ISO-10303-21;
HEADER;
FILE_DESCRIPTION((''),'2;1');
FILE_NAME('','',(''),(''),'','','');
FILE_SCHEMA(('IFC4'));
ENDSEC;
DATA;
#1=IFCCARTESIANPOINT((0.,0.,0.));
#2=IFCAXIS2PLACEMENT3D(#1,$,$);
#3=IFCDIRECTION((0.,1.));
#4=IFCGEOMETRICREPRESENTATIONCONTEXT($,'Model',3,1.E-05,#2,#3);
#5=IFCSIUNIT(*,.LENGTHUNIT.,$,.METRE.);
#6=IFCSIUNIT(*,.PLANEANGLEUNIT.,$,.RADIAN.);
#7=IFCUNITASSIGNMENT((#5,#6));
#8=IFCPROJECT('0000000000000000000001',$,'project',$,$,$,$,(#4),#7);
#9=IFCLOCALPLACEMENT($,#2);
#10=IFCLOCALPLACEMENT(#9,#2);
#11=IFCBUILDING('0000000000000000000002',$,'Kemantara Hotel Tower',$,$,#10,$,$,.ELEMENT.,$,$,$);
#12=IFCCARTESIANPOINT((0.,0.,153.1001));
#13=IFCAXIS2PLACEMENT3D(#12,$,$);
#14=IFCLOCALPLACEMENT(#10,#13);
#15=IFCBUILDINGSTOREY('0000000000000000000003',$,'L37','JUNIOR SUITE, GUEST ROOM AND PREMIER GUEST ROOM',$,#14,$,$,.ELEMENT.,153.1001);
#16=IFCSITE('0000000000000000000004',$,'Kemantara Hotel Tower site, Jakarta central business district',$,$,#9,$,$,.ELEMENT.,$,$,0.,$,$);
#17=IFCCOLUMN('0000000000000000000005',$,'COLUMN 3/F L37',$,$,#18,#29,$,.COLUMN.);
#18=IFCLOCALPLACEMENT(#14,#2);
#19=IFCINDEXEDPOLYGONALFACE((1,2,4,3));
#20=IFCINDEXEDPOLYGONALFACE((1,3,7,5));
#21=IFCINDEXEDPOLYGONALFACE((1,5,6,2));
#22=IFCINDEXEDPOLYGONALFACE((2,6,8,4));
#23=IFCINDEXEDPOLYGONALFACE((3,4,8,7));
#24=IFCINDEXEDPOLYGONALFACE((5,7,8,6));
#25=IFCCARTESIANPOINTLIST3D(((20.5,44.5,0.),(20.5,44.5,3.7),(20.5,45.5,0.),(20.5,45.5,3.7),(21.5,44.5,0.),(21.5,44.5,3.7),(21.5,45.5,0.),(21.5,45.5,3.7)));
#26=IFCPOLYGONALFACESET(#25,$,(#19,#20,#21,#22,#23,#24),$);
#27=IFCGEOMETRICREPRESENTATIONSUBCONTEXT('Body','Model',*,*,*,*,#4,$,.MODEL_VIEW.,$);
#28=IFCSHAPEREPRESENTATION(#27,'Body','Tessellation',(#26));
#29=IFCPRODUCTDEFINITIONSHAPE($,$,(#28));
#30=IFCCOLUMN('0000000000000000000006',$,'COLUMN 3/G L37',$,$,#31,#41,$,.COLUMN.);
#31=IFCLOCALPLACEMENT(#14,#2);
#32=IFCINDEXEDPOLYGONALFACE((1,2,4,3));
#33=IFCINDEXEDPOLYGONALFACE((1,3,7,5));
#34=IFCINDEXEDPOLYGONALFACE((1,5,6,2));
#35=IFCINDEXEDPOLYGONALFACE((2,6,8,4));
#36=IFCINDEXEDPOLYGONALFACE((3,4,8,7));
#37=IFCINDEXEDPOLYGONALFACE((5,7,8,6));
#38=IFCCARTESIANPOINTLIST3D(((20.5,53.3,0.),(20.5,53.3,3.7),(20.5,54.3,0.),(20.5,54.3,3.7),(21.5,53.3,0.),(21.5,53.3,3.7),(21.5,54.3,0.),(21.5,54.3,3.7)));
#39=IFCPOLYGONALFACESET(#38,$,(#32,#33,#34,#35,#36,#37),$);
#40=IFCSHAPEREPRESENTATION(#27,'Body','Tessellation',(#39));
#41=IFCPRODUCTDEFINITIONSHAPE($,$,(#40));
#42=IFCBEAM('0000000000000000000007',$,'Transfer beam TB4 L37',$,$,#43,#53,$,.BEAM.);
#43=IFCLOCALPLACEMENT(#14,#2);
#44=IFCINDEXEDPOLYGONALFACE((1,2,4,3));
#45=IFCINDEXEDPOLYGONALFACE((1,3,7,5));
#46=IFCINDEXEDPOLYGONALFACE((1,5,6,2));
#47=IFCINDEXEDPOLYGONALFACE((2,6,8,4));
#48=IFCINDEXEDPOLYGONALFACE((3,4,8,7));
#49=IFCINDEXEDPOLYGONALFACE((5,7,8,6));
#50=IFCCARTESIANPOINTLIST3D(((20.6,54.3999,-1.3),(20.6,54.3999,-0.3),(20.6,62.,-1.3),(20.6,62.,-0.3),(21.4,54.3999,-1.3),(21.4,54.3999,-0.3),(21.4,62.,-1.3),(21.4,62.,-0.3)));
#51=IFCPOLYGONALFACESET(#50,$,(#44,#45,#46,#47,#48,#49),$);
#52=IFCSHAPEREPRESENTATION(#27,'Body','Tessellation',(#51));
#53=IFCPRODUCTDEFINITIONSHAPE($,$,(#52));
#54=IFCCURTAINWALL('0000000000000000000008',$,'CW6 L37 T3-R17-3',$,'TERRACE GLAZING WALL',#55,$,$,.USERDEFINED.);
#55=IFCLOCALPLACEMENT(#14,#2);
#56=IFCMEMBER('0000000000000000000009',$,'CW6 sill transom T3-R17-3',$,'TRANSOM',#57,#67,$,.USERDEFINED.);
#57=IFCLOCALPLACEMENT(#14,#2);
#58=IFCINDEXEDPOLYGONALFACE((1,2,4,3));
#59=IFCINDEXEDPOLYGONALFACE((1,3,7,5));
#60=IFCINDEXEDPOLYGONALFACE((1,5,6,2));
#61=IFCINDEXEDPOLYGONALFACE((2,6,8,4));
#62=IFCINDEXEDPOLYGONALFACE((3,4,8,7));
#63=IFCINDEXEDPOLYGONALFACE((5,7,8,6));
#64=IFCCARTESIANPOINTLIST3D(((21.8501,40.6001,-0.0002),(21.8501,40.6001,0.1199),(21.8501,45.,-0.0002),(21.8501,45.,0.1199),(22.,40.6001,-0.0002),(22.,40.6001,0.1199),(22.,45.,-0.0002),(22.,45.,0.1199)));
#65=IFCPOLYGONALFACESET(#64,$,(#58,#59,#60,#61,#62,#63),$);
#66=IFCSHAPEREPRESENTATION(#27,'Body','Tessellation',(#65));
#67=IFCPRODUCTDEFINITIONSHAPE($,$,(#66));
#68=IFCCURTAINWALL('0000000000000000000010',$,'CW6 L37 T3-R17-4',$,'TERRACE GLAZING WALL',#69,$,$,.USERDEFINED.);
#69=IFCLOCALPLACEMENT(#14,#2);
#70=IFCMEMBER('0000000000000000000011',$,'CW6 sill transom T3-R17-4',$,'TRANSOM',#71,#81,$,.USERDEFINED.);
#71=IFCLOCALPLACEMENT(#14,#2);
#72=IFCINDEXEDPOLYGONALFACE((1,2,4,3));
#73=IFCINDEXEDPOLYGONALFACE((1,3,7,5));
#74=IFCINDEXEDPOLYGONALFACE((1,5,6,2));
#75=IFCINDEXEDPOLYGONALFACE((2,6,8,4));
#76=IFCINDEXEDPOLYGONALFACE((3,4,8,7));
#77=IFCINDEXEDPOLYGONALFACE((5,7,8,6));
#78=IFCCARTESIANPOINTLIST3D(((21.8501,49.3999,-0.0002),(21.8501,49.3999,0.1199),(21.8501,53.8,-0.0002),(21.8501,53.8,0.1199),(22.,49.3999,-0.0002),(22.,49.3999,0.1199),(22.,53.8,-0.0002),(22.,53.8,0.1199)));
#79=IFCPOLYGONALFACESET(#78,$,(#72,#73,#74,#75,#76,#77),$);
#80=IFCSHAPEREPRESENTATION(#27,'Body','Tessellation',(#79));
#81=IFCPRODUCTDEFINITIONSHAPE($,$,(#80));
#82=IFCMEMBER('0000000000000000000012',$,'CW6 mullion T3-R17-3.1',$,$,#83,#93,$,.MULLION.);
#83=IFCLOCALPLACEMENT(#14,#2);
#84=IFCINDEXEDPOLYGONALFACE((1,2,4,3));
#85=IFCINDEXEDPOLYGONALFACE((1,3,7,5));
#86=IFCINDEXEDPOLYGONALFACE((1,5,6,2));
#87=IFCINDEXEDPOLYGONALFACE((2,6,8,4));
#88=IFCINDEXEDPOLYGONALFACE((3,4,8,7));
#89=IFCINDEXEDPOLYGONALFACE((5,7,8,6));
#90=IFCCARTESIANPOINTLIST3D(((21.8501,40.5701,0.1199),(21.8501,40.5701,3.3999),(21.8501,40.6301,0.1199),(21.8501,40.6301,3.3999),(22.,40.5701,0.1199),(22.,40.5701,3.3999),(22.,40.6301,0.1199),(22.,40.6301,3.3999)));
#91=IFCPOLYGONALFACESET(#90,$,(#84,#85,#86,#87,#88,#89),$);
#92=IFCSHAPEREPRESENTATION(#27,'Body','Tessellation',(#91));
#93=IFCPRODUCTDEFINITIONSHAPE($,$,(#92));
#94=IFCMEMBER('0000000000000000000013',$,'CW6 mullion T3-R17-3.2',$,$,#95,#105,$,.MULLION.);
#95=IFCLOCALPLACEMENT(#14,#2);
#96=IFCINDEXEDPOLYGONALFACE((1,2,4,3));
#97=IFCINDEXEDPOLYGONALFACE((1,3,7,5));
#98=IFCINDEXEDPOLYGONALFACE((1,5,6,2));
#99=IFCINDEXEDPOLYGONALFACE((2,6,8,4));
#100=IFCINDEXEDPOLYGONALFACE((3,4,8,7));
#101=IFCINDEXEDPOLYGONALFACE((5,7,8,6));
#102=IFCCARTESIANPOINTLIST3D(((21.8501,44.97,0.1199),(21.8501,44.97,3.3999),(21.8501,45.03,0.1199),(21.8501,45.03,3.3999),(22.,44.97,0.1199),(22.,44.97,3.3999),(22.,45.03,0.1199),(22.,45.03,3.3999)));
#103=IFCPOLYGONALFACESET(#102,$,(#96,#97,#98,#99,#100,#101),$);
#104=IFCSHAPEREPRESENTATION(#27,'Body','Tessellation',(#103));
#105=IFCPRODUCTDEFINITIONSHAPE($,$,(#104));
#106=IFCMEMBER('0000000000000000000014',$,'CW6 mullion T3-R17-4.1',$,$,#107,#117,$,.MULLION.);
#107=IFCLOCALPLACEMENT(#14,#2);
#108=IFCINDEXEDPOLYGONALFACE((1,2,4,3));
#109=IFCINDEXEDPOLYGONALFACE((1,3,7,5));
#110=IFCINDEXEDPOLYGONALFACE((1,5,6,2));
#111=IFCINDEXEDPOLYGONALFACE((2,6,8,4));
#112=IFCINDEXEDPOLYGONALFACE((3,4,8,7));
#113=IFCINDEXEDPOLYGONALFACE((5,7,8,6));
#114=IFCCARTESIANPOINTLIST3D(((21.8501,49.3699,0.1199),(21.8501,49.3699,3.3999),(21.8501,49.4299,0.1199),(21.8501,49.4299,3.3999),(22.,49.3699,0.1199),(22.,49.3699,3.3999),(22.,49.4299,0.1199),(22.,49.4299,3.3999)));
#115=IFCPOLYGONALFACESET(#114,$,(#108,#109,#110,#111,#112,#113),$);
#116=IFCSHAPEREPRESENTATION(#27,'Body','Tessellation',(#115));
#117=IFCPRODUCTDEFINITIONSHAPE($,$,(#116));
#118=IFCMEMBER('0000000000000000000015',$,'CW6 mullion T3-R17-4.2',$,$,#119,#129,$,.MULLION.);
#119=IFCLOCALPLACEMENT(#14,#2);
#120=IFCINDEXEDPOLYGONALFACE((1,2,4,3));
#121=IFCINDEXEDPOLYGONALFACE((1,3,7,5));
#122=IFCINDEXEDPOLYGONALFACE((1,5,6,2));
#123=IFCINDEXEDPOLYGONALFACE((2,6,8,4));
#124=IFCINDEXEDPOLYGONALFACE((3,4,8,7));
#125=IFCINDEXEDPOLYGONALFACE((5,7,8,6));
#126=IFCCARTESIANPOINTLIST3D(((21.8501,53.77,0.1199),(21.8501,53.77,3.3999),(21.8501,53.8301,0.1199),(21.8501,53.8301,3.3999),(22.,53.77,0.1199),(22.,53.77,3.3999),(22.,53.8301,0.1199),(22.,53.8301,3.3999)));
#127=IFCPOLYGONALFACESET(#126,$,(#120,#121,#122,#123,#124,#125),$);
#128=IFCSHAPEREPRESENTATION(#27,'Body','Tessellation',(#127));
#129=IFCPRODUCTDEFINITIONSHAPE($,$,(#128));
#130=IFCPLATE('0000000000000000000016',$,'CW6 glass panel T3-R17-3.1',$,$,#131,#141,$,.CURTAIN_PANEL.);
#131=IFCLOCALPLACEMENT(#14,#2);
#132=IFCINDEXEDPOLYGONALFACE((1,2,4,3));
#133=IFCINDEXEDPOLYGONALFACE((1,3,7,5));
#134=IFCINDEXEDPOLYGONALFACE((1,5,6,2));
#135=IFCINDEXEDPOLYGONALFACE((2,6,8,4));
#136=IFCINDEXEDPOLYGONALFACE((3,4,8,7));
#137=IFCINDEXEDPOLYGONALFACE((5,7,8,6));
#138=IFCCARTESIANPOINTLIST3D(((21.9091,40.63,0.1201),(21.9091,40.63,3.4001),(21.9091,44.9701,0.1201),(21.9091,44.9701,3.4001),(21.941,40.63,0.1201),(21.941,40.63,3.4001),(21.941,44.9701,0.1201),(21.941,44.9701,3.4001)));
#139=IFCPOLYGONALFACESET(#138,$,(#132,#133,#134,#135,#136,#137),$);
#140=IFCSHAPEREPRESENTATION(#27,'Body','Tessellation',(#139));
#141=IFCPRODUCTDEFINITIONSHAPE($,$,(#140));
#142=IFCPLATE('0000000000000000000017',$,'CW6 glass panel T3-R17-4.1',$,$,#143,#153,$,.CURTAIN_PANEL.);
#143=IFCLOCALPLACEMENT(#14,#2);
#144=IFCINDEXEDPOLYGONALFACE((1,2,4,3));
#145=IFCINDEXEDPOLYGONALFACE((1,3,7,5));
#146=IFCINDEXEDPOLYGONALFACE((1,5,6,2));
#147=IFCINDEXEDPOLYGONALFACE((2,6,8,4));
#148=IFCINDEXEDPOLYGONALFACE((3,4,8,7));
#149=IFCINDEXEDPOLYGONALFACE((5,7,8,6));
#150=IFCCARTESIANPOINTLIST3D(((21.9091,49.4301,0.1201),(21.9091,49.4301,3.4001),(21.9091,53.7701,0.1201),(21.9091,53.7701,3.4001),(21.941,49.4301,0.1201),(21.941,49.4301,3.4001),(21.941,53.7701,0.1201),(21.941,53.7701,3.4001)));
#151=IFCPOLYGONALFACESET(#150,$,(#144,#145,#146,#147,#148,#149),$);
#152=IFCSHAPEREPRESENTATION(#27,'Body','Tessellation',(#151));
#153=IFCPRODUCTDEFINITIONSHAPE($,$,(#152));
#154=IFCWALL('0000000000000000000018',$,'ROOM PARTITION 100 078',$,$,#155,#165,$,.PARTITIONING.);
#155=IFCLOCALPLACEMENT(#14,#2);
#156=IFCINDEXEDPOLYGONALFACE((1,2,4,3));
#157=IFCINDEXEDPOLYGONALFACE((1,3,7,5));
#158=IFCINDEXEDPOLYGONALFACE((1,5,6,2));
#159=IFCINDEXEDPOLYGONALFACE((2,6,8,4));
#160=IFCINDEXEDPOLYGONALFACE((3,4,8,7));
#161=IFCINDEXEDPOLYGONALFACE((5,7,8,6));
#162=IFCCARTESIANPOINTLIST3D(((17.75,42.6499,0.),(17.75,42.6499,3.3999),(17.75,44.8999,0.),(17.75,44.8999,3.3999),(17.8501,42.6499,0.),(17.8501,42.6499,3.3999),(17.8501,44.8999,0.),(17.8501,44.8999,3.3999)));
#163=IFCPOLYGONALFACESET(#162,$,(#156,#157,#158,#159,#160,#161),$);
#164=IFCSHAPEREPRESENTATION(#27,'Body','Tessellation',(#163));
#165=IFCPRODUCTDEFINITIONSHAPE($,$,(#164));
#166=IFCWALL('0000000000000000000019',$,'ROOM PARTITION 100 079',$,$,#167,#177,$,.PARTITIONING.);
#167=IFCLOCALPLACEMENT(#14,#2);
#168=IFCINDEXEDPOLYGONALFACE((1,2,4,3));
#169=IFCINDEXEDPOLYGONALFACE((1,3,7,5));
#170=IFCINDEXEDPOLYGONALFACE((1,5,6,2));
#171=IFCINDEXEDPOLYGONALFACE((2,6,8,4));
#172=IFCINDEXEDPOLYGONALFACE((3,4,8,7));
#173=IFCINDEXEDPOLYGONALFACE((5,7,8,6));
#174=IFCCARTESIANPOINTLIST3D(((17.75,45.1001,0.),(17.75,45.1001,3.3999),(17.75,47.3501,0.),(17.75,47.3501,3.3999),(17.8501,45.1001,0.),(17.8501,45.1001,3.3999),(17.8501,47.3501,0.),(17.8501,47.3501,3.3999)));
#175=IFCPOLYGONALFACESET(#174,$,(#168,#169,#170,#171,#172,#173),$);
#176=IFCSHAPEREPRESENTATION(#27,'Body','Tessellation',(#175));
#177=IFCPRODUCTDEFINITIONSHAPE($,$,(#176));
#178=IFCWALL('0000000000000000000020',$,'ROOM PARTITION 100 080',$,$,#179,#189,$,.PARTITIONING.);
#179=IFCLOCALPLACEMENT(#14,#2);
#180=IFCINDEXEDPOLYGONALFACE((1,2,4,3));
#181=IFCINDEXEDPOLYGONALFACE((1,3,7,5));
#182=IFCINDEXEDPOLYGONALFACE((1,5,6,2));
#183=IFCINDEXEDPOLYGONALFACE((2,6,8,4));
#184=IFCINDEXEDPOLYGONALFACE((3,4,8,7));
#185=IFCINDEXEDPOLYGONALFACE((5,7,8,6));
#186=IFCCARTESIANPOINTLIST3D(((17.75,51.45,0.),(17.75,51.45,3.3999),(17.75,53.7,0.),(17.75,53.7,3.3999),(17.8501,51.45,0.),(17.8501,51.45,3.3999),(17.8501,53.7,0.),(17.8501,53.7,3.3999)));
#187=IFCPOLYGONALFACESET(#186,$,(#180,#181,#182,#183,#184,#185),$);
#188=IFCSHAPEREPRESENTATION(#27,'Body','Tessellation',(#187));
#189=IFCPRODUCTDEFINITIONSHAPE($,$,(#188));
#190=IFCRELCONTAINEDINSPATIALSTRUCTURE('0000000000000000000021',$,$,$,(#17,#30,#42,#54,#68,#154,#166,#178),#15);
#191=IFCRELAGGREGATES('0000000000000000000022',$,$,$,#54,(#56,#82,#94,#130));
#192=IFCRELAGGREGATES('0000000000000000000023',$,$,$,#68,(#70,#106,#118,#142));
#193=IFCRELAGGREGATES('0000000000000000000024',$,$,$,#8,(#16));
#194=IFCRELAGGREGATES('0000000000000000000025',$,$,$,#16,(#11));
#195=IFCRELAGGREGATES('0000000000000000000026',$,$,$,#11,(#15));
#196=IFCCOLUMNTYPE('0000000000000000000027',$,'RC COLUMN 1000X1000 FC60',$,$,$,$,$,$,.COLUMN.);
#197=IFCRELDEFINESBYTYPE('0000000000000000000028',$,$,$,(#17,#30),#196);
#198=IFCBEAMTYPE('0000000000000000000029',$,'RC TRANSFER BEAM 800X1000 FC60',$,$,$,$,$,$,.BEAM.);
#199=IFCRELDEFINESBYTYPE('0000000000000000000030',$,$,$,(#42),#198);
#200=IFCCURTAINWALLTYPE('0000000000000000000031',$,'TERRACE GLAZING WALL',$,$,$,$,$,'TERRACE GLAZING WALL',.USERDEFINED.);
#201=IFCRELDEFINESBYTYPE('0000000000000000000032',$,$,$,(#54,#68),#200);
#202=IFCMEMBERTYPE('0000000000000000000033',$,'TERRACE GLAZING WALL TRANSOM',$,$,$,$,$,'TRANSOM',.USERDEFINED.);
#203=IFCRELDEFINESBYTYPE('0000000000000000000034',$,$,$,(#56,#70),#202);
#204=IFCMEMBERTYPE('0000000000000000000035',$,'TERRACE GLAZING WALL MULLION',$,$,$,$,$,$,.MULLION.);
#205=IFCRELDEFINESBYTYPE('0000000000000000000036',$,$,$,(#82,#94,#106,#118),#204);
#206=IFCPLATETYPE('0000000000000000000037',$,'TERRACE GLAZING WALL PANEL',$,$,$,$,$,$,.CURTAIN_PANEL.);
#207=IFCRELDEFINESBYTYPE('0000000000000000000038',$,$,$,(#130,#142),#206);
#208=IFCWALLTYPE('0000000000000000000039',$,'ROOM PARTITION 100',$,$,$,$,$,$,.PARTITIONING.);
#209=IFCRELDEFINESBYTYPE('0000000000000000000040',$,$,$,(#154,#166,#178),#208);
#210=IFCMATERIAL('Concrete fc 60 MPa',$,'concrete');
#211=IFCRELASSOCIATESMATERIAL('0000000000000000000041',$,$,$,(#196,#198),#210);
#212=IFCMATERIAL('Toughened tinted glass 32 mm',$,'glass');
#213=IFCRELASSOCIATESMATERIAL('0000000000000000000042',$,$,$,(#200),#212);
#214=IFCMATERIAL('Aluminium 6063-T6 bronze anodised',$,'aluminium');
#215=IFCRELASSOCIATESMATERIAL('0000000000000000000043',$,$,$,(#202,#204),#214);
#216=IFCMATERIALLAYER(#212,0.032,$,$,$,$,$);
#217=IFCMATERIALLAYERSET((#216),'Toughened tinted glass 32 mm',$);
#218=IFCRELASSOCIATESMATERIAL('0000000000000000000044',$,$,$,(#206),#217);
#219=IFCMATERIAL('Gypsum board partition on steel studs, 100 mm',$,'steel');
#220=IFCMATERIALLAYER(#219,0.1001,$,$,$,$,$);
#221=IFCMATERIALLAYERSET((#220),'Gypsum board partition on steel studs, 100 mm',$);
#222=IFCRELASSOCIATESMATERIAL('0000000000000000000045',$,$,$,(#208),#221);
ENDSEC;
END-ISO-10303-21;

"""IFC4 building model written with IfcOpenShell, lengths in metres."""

from ifc_helpers import new_model, si_unit, direction, frame, frame_2d, origin, origin_2d, place, context, subcontext, project, spatial, rectangle, extrude, source, transform, mapped, material, layer, layer_set, material_profile, profile_set, type_object, element, aggregate, save


model = new_model("IFC4")

# Units and contexts
model_context = context("Model", 3, precision=1e-05, world=origin(), true_north=direction((0.0, 1.0)))
body_context = subcontext(model_context, "Body", "Model", "MODEL_VIEW")
ifc_project = project(units=[si_unit("LENGTHUNIT", "METRE"), si_unit("PLANEANGLEUNIT", "RADIAN")], contexts=[model_context])

# Site, building, storey
site_placement = place(None, origin())
site = spatial("IfcSite", under=ifc_project, at=site_placement, Name="Kemantara Hotel Tower site, Jakarta central business district", CompositionType="ELEMENT", RefElevation=0.0)
building_placement = place(site_placement, origin())
building = spatial("IfcBuilding", under=site, at=building_placement, Name="Kemantara Hotel Tower", CompositionType="ELEMENT")
storey_placement = place(building_placement, frame((0.0, 0.0, 153.1001)))
storey = spatial("IfcBuildingStorey", under=building, at=storey_placement, Name="L37", Description="JUNIOR SUITE, GUEST ROOM AND PREMIER GUEST ROOM", CompositionType="ELEMENT", Elevation=153.1001)

# Columns
ifc_material_1 = material(Name="Concrete fc 60 MPa", Category="concrete")
ifc_material_profile_1 = material_profile(ifc_material_1, rectangle(XDim=1.0, YDim=1.0, at=origin_2d()), Name="RC 1000X1000")
ifc_profile_set_1 = profile_set([ifc_material_profile_1], Name="Concrete fc 60 MPa")
column_type = type_object("IfcColumnType", Name="RC COLUMN 1000X1000 FC60", PredefinedType="COLUMN", material=ifc_profile_set_1)
for number, where, z_axis, x_axis, name in (
    (1, (21.0, 45.0, 0.0), (0.0, 0.0, 1.0), (1.0, 0.0, 0.0), "COLUMN 3/F L37"),
    (2, (21.0, 53.8, 0.0), (0.0, 0.0, 1.0), (1.0, 0.0, 0.0), "COLUMN 3/G L37"),
):
    element("IfcColumn", number, at=place(storey_placement, frame(where, z_axis=z_axis, x_axis=x_axis)), inside=storey, type_object=column_type, Name=name, PredefinedType="COLUMN", context=body_context, shape_type="SweptSolid", body=[
        extrude(rectangle(XDim=1.0, YDim=1.0, at=origin_2d()), origin(), (0.0, 0.0, 1.0), 3.7),
    ])

# Beam
ifc_material_profile_2 = material_profile(ifc_material_1, rectangle(XDim=0.8, YDim=1.0, at=origin_2d()), Name="RC 800X1000")
ifc_profile_set_2 = profile_set([ifc_material_profile_2], Name="Concrete fc 60 MPa")
beam_type = type_object("IfcBeamType", Name="RC TRANSFER BEAM 800X1000 FC60", PredefinedType="BEAM", material=ifc_profile_set_2)
beam_placement = place(storey_placement, frame((21.0, 54.3999, -0.8), z_axis=(0.0, 1.0, 0.0), x_axis=(-1.0, 0.0, 0.0)))
element("IfcBeam", 3, at=beam_placement, inside=storey, type_object=beam_type, Name="Transfer beam TB4 L37", PredefinedType="BEAM", context=body_context, shape_type="SweptSolid", body=[
    extrude(rectangle(XDim=0.8, YDim=1.0, at=origin_2d()), origin(), (0.0, 0.0, 1.0), 7.6001),
])

# Curtain walls, members
ifc_material_2 = material(Name="Toughened tinted glass 32 mm", Category="glass")
curtain_wall_type = type_object("IfcCurtainWallType", Name="TERRACE GLAZING WALL", ElementType="TERRACE GLAZING WALL", PredefinedType="USERDEFINED", material=ifc_material_2)
curtain_wall_1_placement = place(storey_placement, origin())
curtain_wall_1 = element("IfcCurtainWall", 4, at=curtain_wall_1_placement, inside=storey, type_object=curtain_wall_type, Name="CW6 L37 T3-R17-3", ObjectType="TERRACE GLAZING WALL", PredefinedType="USERDEFINED")
ifc_material_3 = material(Name="Aluminium 6063-T6 bronze anodised", Category="aluminium")
ifc_material_profile_3 = material_profile(ifc_material_3, rectangle(XDim=0.1499, YDim=0.1201, at=origin_2d()), Name="TERRACE GLAZING WALL TRANSOM")
ifc_profile_set_3 = profile_set([ifc_material_profile_3], Name="Aluminium 6063-T6 bronze anodised")
member_type_1 = type_object("IfcMemberType", Name="TERRACE GLAZING WALL TRANSOM", ElementType="TRANSOM", PredefinedType="USERDEFINED", material=ifc_profile_set_3)
member_1_placement = place(storey_placement, frame((21.925, 40.6001, 0.0598), z_axis=(0.0, 1.0, 0.0), x_axis=(-1.0, 0.0, 0.0)))
member_1 = element("IfcMember", 5, at=member_1_placement, type_object=member_type_1, Name="CW6 sill transom T3-R17-3", ObjectType="TRANSOM", PredefinedType="USERDEFINED", context=body_context, shape_type="SweptSolid", body=[
    extrude(rectangle(XDim=0.1499, YDim=0.1201, at=origin_2d()), origin(), (0.0, 0.0, 1.0), 4.3999),
])
curtain_wall_2_placement = place(storey_placement, origin())
curtain_wall_2 = element("IfcCurtainWall", 6, at=curtain_wall_2_placement, inside=storey, type_object=curtain_wall_type, Name="CW6 L37 T3-R17-4", ObjectType="TERRACE GLAZING WALL", PredefinedType="USERDEFINED")
member_2_placement = place(storey_placement, frame((21.925, 49.3999, 0.0598), z_axis=(0.0, 1.0, 0.0), x_axis=(-1.0, 0.0, 0.0)))
member_2 = element("IfcMember", 7, at=member_2_placement, type_object=member_type_1, Name="CW6 sill transom T3-R17-4", ObjectType="TRANSOM", PredefinedType="USERDEFINED", context=body_context, shape_type="SweptSolid", body=[
    extrude(rectangle(XDim=0.1499, YDim=0.1201, at=origin_2d()), origin(), (0.0, 0.0, 1.0), 4.4001),
])

# Members
ifc_material_profile_4 = material_profile(ifc_material_3, rectangle(XDim=0.1499, YDim=0.0601, at=origin_2d()), Name="TERRACE GLAZING WALL MULLION")
ifc_profile_set_4 = profile_set([ifc_material_profile_4], Name="Aluminium 6063-T6 bronze anodised")
member_type_2 = type_object("IfcMemberType", Name="TERRACE GLAZING WALL MULLION", PredefinedType="MULLION", material=ifc_profile_set_4)
shared_shape_1 = source(origin(), body_context, "Body", "SweptSolid", [
    extrude(rectangle(XDim=0.1499, YDim=0.0601, at=origin_2d()), origin(), (0.0, 0.0, 1.0), 3.28),
])
member_3_placement = place(storey_placement, frame((21.925, 40.6001, 0.1199), z_axis=(0.0, 0.0, 1.0), x_axis=(-1.0, 0.0, 0.0)))
member_3 = element("IfcMember", 8, at=member_3_placement, type_object=member_type_2, Name="CW6 mullion T3-R17-3.1", PredefinedType="MULLION", context=body_context, shape_type="MappedRepresentation", body=[
    mapped(shared_shape_1, transform((0.0, 0.0, 0.0))),
])
member_4_placement = place(storey_placement, frame((21.925, 45.0, 0.1199), z_axis=(0.0, 0.0, 1.0), x_axis=(-1.0, 0.0, 0.0)))
member_4 = element("IfcMember", 9, at=member_4_placement, type_object=member_type_2, Name="CW6 mullion T3-R17-3.2", PredefinedType="MULLION", context=body_context, shape_type="MappedRepresentation", body=[
    mapped(shared_shape_1, transform((0.0, 0.0, 0.0))),
])
member_5_placement = place(storey_placement, frame((21.925, 49.3999, 0.1199), z_axis=(0.0, 0.0, 1.0), x_axis=(-1.0, 0.0, 0.0)))
member_5 = element("IfcMember", 10, at=member_5_placement, type_object=member_type_2, Name="CW6 mullion T3-R17-4.1", PredefinedType="MULLION", context=body_context, shape_type="MappedRepresentation", body=[
    mapped(shared_shape_1, transform((0.0, 0.0, 0.0))),
])
member_6_placement = place(storey_placement, frame((21.925, 53.8, 0.1199), z_axis=(0.0, 0.0, 1.0), x_axis=(-1.0, 0.0, 0.0)))
member_6 = element("IfcMember", 11, at=member_6_placement, type_object=member_type_2, Name="CW6 mullion T3-R17-4.2", PredefinedType="MULLION", context=body_context, shape_type="MappedRepresentation", body=[
    mapped(shared_shape_1, transform((0.0, 0.0, 0.0))),
])

# Plates
ifc_layer_1 = layer(ifc_material_2, 0.032)
ifc_layer_set_1 = layer_set([ifc_layer_1], Name="Toughened tinted glass 32 mm")
plate_type = type_object("IfcPlateType", Name="TERRACE GLAZING WALL PANEL", PredefinedType="CURTAIN_PANEL", material=ifc_layer_set_1)
shared_shape_2 = source(origin(), body_context, "Body", "SweptSolid", [
    extrude(rectangle(XDim=4.3401, YDim=0.032, at=origin_2d()), origin(), (0.0, 0.0, 1.0), 3.28),
])
plate_1_placement = place(storey_placement, frame((21.925, 42.8, 0.1201), z_axis=(0.0, 0.0, 1.0), x_axis=(0.0, 1.0, 0.0)))
plate_1 = element("IfcPlate", 12, at=plate_1_placement, type_object=plate_type, Name="CW6 glass panel T3-R17-3.1", PredefinedType="CURTAIN_PANEL", context=body_context, shape_type="MappedRepresentation", body=[
    mapped(shared_shape_2, transform((0.0, 0.0, 0.0))),
])
aggregate(curtain_wall_1, [member_1, member_3, member_4, plate_1])
plate_2_placement = place(storey_placement, frame((21.925, 51.6001, 0.1201), z_axis=(0.0, 0.0, 1.0), x_axis=(0.0, 1.0, 0.0)))
plate_2 = element("IfcPlate", 13, at=plate_2_placement, type_object=plate_type, Name="CW6 glass panel T3-R17-4.1", PredefinedType="CURTAIN_PANEL", context=body_context, shape_type="MappedRepresentation", body=[
    mapped(shared_shape_2, transform((0.0, 0.0, 0.0))),
])
aggregate(curtain_wall_2, [member_2, member_5, member_6, plate_2])

# Walls
ifc_material_4 = material(Name="Gypsum board partition on steel studs, 100 mm", Category="steel")
ifc_layer_2 = layer(ifc_material_4, 0.1001)
ifc_layer_set_2 = layer_set([ifc_layer_2], Name="Gypsum board partition on steel studs, 100 mm")
wall_type_1 = type_object("IfcWallType", Name="ROOM PARTITION 100", PredefinedType="PARTITIONING", material=ifc_layer_set_2)
for number, where, z_axis, x_axis, name in (
    (14, (17.8, 42.6499, 0.0), (0.0, 0.0, 1.0), (0.0, 1.0, 0.0), "ROOM PARTITION 100 078"),
    (15, (17.8, 45.1001, 0.0), (0.0, 0.0, 1.0), (0.0, 1.0, 0.0), "ROOM PARTITION 100 079"),
    (16, (17.8, 51.45, 0.0), (0.0, 0.0, 1.0), (0.0, 1.0, 0.0), "ROOM PARTITION 100 080"),
):
    element("IfcWall", number, at=place(storey_placement, frame(where, z_axis=z_axis, x_axis=x_axis)), inside=storey, type_object=wall_type_1, Name=name, PredefinedType="PARTITIONING", context=body_context, shape_type="SweptSolid", body=[
        extrude(rectangle(XDim=2.25, YDim=0.1001, at=frame_2d((1.125, 0.0))), origin(), (0.0, 0.0, 1.0), 3.3999),
    ])

save(model, "model.ifc")
